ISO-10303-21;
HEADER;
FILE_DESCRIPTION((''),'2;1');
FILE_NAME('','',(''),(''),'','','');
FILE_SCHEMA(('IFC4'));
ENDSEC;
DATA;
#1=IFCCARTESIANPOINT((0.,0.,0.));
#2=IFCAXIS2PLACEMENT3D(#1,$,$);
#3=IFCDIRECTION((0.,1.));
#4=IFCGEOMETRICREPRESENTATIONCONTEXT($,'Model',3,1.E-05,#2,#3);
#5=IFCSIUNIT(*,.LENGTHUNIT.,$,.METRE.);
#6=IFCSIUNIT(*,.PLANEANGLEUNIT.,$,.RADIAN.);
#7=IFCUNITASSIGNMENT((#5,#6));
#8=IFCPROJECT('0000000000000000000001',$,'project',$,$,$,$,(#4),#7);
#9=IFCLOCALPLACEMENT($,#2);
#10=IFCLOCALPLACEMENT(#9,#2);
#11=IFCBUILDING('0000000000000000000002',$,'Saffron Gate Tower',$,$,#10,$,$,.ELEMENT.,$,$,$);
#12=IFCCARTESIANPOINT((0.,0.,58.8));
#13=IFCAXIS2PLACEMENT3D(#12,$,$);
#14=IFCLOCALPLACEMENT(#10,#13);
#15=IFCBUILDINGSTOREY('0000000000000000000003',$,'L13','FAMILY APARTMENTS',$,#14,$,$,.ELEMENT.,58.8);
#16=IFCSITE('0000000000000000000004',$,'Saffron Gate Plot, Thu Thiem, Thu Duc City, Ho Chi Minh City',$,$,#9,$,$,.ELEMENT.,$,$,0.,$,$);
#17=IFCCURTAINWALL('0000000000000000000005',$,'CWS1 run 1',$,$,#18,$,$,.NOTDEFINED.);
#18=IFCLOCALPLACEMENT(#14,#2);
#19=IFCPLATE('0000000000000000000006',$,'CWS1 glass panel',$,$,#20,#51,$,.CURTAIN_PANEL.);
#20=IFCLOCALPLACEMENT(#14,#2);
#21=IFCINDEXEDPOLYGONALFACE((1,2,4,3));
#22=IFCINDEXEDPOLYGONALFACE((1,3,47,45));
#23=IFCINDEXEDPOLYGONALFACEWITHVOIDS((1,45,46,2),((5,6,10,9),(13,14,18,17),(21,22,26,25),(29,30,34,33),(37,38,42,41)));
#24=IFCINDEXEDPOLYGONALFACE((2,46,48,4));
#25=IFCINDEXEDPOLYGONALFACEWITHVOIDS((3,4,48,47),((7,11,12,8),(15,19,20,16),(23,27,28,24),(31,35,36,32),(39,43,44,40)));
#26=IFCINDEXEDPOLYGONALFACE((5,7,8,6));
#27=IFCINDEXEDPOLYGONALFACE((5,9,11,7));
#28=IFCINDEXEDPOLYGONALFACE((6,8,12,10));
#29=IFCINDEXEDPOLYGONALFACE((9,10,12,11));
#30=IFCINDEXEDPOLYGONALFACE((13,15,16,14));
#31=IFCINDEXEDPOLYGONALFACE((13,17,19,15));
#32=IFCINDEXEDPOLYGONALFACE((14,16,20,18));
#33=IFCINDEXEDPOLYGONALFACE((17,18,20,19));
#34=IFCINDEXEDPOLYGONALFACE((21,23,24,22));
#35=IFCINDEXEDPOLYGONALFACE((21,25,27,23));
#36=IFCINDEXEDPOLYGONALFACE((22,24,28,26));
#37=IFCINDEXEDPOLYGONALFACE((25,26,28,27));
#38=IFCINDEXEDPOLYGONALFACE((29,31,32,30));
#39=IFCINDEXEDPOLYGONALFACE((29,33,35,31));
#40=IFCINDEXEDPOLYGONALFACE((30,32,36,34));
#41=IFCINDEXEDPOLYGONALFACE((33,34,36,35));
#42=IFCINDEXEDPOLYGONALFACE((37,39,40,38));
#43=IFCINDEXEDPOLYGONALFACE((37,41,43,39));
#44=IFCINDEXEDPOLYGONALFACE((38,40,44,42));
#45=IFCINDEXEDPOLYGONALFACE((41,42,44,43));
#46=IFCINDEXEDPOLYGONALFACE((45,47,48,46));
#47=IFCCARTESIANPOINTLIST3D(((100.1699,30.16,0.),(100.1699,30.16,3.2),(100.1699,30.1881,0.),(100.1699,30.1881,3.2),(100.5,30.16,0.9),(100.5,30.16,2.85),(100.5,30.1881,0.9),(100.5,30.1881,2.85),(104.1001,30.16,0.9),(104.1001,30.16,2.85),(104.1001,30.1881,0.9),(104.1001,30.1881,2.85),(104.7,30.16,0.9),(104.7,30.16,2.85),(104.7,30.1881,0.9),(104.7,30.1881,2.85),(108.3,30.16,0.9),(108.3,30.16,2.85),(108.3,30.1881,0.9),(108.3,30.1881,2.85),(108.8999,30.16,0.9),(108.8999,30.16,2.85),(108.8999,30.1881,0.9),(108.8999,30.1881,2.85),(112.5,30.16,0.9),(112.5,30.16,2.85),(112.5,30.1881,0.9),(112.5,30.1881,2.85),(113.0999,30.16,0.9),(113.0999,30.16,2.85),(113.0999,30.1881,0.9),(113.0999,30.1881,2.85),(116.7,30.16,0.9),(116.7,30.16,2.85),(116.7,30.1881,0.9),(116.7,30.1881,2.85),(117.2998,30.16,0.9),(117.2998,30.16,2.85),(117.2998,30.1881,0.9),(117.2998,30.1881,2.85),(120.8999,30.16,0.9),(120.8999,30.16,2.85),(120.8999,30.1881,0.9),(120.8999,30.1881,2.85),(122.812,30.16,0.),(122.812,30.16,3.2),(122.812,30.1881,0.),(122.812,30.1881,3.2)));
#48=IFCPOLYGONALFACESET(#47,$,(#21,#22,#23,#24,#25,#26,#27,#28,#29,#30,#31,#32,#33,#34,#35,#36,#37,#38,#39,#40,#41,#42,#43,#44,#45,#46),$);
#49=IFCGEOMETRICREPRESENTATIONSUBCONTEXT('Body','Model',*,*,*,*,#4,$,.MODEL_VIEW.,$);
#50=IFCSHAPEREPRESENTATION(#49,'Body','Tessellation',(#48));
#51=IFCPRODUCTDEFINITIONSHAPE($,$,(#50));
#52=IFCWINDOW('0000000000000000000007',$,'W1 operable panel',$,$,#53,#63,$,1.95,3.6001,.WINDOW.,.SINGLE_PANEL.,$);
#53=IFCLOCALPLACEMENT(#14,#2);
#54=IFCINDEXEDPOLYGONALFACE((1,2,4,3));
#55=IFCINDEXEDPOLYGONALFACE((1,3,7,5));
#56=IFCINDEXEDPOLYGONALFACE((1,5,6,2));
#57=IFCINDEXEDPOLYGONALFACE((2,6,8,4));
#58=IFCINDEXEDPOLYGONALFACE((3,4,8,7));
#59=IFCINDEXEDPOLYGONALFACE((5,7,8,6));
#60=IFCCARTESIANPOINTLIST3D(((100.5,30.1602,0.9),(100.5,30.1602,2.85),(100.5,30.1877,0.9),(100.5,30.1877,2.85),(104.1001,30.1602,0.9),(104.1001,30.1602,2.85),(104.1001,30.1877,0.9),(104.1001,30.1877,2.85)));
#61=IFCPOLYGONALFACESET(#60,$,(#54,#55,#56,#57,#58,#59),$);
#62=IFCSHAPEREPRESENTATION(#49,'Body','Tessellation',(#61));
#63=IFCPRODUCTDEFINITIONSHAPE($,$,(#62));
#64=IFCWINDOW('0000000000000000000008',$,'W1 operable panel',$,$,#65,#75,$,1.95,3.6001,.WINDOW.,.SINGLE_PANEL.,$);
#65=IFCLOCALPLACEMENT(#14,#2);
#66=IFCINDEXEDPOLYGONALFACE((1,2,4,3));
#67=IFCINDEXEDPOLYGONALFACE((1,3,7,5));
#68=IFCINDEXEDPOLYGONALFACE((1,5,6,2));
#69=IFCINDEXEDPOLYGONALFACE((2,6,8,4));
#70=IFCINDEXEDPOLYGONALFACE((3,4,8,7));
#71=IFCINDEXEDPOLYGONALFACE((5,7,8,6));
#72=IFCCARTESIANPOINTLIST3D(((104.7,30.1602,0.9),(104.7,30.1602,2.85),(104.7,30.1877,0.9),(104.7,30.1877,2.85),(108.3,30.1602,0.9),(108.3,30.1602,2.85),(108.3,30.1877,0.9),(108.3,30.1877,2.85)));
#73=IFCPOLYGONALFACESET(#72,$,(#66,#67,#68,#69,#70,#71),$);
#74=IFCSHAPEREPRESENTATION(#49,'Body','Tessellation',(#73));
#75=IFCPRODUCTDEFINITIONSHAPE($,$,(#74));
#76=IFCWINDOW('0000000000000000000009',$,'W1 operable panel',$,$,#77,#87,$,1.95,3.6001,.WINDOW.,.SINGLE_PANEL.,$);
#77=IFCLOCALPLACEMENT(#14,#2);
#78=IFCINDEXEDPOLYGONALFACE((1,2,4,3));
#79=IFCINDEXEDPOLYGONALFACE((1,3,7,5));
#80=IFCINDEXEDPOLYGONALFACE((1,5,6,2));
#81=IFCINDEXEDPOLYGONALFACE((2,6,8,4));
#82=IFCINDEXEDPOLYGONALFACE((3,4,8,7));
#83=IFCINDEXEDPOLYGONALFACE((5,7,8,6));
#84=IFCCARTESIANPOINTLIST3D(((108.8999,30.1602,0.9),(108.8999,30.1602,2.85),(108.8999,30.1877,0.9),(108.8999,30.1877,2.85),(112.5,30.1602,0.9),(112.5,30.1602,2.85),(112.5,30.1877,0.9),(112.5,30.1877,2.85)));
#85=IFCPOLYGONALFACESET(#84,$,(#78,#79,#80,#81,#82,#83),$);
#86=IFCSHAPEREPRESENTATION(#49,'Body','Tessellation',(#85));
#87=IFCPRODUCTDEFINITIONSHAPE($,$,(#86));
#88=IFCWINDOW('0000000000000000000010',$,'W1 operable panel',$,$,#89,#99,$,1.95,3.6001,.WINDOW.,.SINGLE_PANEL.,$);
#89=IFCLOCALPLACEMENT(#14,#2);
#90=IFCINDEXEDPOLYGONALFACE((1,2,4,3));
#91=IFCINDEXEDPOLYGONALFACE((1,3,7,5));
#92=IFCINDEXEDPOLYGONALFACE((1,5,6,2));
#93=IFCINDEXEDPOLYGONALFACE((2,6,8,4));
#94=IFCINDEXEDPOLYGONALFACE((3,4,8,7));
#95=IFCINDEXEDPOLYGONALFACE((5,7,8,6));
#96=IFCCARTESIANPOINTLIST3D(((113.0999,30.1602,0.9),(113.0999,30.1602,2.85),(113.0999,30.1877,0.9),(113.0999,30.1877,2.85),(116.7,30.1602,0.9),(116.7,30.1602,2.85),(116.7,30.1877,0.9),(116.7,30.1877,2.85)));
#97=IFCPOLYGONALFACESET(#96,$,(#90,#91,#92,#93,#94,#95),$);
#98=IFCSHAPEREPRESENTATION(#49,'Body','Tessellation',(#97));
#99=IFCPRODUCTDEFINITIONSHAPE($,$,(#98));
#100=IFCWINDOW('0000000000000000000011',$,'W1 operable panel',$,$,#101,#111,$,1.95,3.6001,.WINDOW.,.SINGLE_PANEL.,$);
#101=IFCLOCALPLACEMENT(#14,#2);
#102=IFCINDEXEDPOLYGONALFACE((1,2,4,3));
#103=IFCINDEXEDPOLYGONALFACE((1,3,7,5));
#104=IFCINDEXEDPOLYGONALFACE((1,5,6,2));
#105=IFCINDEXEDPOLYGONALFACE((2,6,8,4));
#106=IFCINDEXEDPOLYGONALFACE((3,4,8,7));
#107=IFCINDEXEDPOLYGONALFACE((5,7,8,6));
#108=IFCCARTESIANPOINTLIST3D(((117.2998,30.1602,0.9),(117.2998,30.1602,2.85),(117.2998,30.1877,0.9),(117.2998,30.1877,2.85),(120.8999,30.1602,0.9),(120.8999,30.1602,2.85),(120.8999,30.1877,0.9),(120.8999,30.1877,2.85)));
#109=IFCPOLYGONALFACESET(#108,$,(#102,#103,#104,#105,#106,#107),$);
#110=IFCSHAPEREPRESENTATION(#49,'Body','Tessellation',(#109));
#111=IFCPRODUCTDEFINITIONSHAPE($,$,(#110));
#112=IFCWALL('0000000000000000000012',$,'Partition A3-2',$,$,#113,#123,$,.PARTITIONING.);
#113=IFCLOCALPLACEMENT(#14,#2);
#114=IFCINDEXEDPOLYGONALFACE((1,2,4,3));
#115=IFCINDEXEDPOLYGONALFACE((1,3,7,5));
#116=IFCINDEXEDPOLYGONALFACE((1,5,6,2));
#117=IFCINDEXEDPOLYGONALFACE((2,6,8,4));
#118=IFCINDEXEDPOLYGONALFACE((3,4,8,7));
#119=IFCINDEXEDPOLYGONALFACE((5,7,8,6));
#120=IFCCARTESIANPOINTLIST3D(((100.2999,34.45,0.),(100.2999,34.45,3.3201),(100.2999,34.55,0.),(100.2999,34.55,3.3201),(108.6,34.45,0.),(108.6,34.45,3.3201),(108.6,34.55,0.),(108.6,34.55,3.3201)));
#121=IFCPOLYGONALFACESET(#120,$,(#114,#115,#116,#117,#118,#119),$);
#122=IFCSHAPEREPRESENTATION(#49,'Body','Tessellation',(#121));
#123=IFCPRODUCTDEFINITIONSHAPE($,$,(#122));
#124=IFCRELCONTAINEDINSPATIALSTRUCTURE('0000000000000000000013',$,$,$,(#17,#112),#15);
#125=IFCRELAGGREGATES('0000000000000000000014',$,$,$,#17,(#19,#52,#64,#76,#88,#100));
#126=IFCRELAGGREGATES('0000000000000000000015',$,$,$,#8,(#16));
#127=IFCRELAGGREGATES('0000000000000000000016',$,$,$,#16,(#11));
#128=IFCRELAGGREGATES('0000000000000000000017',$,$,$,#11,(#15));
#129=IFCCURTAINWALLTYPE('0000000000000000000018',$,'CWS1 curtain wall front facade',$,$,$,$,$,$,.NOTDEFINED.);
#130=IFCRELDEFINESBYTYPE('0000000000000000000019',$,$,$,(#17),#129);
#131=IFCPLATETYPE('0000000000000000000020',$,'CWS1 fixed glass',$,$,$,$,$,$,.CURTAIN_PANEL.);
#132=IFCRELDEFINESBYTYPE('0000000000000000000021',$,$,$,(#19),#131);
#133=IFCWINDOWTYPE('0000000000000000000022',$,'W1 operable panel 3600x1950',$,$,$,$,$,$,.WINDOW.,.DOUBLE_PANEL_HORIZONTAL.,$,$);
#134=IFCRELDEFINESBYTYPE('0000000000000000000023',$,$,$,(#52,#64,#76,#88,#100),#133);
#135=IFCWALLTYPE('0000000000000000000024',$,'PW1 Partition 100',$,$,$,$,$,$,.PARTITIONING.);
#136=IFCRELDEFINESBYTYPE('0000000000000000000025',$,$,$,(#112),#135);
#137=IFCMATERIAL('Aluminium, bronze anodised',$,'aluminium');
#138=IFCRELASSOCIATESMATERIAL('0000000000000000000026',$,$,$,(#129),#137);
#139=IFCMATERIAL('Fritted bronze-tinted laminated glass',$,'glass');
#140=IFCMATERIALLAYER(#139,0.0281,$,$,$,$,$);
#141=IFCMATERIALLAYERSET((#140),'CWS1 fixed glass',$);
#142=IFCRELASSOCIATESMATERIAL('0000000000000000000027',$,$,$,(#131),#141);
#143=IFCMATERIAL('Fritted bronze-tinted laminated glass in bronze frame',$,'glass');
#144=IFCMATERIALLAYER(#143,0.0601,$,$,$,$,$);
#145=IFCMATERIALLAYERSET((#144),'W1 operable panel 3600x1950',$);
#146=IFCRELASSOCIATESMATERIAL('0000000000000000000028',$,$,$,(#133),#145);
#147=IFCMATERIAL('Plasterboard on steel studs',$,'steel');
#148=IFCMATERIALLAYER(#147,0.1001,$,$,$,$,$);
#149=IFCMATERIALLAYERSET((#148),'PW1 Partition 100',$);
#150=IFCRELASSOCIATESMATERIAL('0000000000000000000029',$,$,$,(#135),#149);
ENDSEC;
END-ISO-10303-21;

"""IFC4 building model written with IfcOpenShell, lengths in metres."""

from ifc_helpers import new_model, si_unit, direction, frame, frame_2d, origin, place, context, subcontext, project, spatial, rectangle, extrude, material, layer, layer_set, type_object, element, fill, aggregate, save


model = new_model("IFC4")

# Units and contexts
model_context = context("Model", 3, precision=1e-05, world=origin(), true_north=direction((0.0, 1.0)))
body_context = subcontext(model_context, "Body", "Model", "MODEL_VIEW")
ifc_project = project(units=[si_unit("LENGTHUNIT", "METRE"), si_unit("PLANEANGLEUNIT", "RADIAN")], contexts=[model_context])

# Site, building, storey
site_placement = place(None, origin())
site = spatial("IfcSite", under=ifc_project, at=site_placement, Name="Saffron Gate Plot, Thu Thiem, Thu Duc City, Ho Chi Minh City", CompositionType="ELEMENT", RefElevation=0.0)
building_placement = place(site_placement, origin())
building = spatial("IfcBuilding", under=site, at=building_placement, Name="Saffron Gate Tower", CompositionType="ELEMENT")
storey_placement = place(building_placement, frame((0.0, 0.0, 58.8)))
storey = spatial("IfcBuildingStorey", under=building, at=storey_placement, Name="L13", Description="FAMILY APARTMENTS", CompositionType="ELEMENT", Elevation=58.8)

# Curtain wall, plate, openings, windows
ifc_material_1 = material(Name="Aluminium, bronze anodised", Category="aluminium")
curtain_wall_type = type_object("IfcCurtainWallType", Name="CWS1 curtain wall front facade", PredefinedType="NOTDEFINED", material=ifc_material_1)
curtain_wall_placement = place(storey_placement, origin())
curtain_wall = element("IfcCurtainWall", 1, at=curtain_wall_placement, inside=storey, type_object=curtain_wall_type, Name="CWS1 run 1", PredefinedType="NOTDEFINED")
ifc_material_2 = material(Name="Fritted bronze-tinted laminated glass", Category="glass")
ifc_layer_1 = layer(ifc_material_2, 0.0281)
ifc_layer_set_1 = layer_set([ifc_layer_1], Name="CWS1 fixed glass")
plate_type = type_object("IfcPlateType", Name="CWS1 fixed glass", PredefinedType="CURTAIN_PANEL", material=ifc_layer_set_1)
plate_placement = place(storey_placement, frame((100.1699, 30.1741, 0.0), z_axis=(0.0, 0.0, 1.0), x_axis=(1.0, 0.0, 0.0)))
plate = element("IfcPlate", 2, at=plate_placement, type_object=plate_type, Name="CWS1 glass panel", PredefinedType="CURTAIN_PANEL", context=body_context, shape_type="SweptSolid", body=[
    extrude(rectangle(XDim=22.6421, YDim=0.0281, at=frame_2d((11.321, 0.0))), origin(), (0.0, 0.0, 1.0), 3.2),
])
opening_1_placement = place(plate_placement, frame((0.3301, 0.0, 0.8999)))
opening_1 = element("IfcOpeningElement", 3, at=opening_1_placement, cuts=plate, PredefinedType="OPENING", context=body_context, shape_type="SweptSolid", body=[
    extrude(rectangle(XDim=3.6001, YDim=1.95, at=frame_2d((1.8, 0.9751))), frame((0.0, 0.0239, 0.0), z_axis=(0.0, -1.0, 0.0), x_axis=(1.0, 0.0, 0.0)), (0.0, 0.0, 1.0), 0.0481),
])
opening_2_placement = place(plate_placement, frame((4.53, 0.0, 0.8999)))
opening_2 = element("IfcOpeningElement", 4, at=opening_2_placement, cuts=plate, PredefinedType="OPENING", context=body_context, shape_type="SweptSolid", body=[
    extrude(rectangle(XDim=3.6001, YDim=1.95, at=frame_2d((1.8, 0.9751))), frame((0.0, 0.0239, 0.0), z_axis=(0.0, -1.0, 0.0), x_axis=(1.0, 0.0, 0.0)), (0.0, 0.0, 1.0), 0.0481),
])
opening_3_placement = place(plate_placement, frame((8.73, 0.0, 0.8999)))
opening_3 = element("IfcOpeningElement", 5, at=opening_3_placement, cuts=plate, PredefinedType="OPENING", context=body_context, shape_type="SweptSolid", body=[
    extrude(rectangle(XDim=3.6001, YDim=1.95, at=frame_2d((1.8, 0.9751))), frame((0.0, 0.0239, 0.0), z_axis=(0.0, -1.0, 0.0), x_axis=(1.0, 0.0, 0.0)), (0.0, 0.0, 1.0), 0.0481),
])
opening_4_placement = place(plate_placement, frame((12.9299, 0.0, 0.8999)))
opening_4 = element("IfcOpeningElement", 6, at=opening_4_placement, cuts=plate, PredefinedType="OPENING", context=body_context, shape_type="SweptSolid", body=[
    extrude(rectangle(XDim=3.6001, YDim=1.95, at=frame_2d((1.8, 0.9751))), frame((0.0, 0.0239, 0.0), z_axis=(0.0, -1.0, 0.0), x_axis=(1.0, 0.0, 0.0)), (0.0, 0.0, 1.0), 0.0481),
])
opening_5_placement = place(plate_placement, frame((17.1299, 0.0, 0.8999)))
opening_5 = element("IfcOpeningElement", 7, at=opening_5_placement, cuts=plate, PredefinedType="OPENING", context=body_context, shape_type="SweptSolid", body=[
    extrude(rectangle(XDim=3.6001, YDim=1.95, at=frame_2d((1.8, 0.9751))), frame((0.0, 0.0239, 0.0), z_axis=(0.0, -1.0, 0.0), x_axis=(1.0, 0.0, 0.0)), (0.0, 0.0, 1.0), 0.0481),
])
ifc_material_3 = material(Name="Fritted bronze-tinted laminated glass in bronze frame", Category="glass")
ifc_layer_2 = layer(ifc_material_3, 0.0601)
ifc_layer_set_2 = layer_set([ifc_layer_2], Name="W1 operable panel 3600x1950")
window_type = type_object("IfcWindowType", Name="W1 operable panel 3600x1950", PartitioningType="DOUBLE_PANEL_HORIZONTAL", PredefinedType="WINDOW", material=ifc_layer_set_2)
window_1_placement = place(opening_1_placement, origin())
window_1 = element("IfcWindow", 8, at=window_1_placement, type_object=window_type, Name="W1 operable panel", OverallHeight=1.95, OverallWidth=3.6001, PartitioningType="SINGLE_PANEL", PredefinedType="WINDOW", context=body_context, shape_type="SweptSolid", body=[
    extrude(rectangle(XDim=3.6001, YDim=1.95, at=frame_2d((1.8, 0.9751))), frame((0.0, 0.0137, 0.0), z_axis=(0.0, -1.0, 0.0), x_axis=(1.0, 0.0, 0.0)), (0.0, 0.0, 1.0), 0.0276),
])
fill(opening_1, window_1)
window_2_placement = place(opening_2_placement, origin())
window_2 = element("IfcWindow", 9, at=window_2_placement, type_object=window_type, Name="W1 operable panel", OverallHeight=1.95, OverallWidth=3.6001, PartitioningType="SINGLE_PANEL", PredefinedType="WINDOW", context=body_context, shape_type="SweptSolid", body=[
    extrude(rectangle(XDim=3.6001, YDim=1.95, at=frame_2d((1.8, 0.9751))), frame((0.0, 0.0137, 0.0), z_axis=(0.0, -1.0, 0.0), x_axis=(1.0, 0.0, 0.0)), (0.0, 0.0, 1.0), 0.0276),
])
fill(opening_2, window_2)
window_3_placement = place(opening_3_placement, origin())
window_3 = element("IfcWindow", 10, at=window_3_placement, type_object=window_type, Name="W1 operable panel", OverallHeight=1.95, OverallWidth=3.6001, PartitioningType="SINGLE_PANEL", PredefinedType="WINDOW", context=body_context, shape_type="SweptSolid", body=[
    extrude(rectangle(XDim=3.6001, YDim=1.95, at=frame_2d((1.8, 0.9751))), frame((0.0, 0.0137, 0.0), z_axis=(0.0, -1.0, 0.0), x_axis=(1.0, 0.0, 0.0)), (0.0, 0.0, 1.0), 0.0276),
])
fill(opening_3, window_3)
window_4_placement = place(opening_4_placement, origin())
window_4 = element("IfcWindow", 11, at=window_4_placement, type_object=window_type, Name="W1 operable panel", OverallHeight=1.95, OverallWidth=3.6001, PartitioningType="SINGLE_PANEL", PredefinedType="WINDOW", context=body_context, shape_type="SweptSolid", body=[
    extrude(rectangle(XDim=3.6001, YDim=1.95, at=frame_2d((1.8, 0.9751))), frame((0.0, 0.0137, 0.0), z_axis=(0.0, -1.0, 0.0), x_axis=(1.0, 0.0, 0.0)), (0.0, 0.0, 1.0), 0.0276),
])
fill(opening_4, window_4)
window_5_placement = place(opening_5_placement, origin())
window_5 = element("IfcWindow", 12, at=window_5_placement, type_object=window_type, Name="W1 operable panel", OverallHeight=1.95, OverallWidth=3.6001, PartitioningType="SINGLE_PANEL", PredefinedType="WINDOW", context=body_context, shape_type="SweptSolid", body=[
    extrude(rectangle(XDim=3.6001, YDim=1.95, at=frame_2d((1.8, 0.9751))), frame((0.0, 0.0137, 0.0), z_axis=(0.0, -1.0, 0.0), x_axis=(1.0, 0.0, 0.0)), (0.0, 0.0, 1.0), 0.0276),
])
fill(opening_5, window_5)
aggregate(curtain_wall, [plate, window_1, window_2, window_3, window_4, window_5])

# Wall
ifc_material_4 = material(Name="Plasterboard on steel studs", Category="steel")
ifc_layer_3 = layer(ifc_material_4, 0.1001)
ifc_layer_set_3 = layer_set([ifc_layer_3], Name="PW1 Partition 100")
wall_type_1 = type_object("IfcWallType", Name="PW1 Partition 100", PredefinedType="PARTITIONING", material=ifc_layer_set_3)
wall_1_placement = place(storey_placement, frame((100.3, 34.5, 0.0), z_axis=(0.0, 0.0, 1.0), x_axis=(1.0, 0.0, 0.0)))
element("IfcWall", 13, at=wall_1_placement, inside=storey, type_object=wall_type_1, Name="Partition A3-2", PredefinedType="PARTITIONING", context=body_context, shape_type="SweptSolid", body=[
    extrude(rectangle(XDim=8.3, YDim=0.1001, at=frame_2d((4.1499, 0.0))), origin(), (0.0, 0.0, 1.0), 3.3201),
])

save(model, "model.ifc")
